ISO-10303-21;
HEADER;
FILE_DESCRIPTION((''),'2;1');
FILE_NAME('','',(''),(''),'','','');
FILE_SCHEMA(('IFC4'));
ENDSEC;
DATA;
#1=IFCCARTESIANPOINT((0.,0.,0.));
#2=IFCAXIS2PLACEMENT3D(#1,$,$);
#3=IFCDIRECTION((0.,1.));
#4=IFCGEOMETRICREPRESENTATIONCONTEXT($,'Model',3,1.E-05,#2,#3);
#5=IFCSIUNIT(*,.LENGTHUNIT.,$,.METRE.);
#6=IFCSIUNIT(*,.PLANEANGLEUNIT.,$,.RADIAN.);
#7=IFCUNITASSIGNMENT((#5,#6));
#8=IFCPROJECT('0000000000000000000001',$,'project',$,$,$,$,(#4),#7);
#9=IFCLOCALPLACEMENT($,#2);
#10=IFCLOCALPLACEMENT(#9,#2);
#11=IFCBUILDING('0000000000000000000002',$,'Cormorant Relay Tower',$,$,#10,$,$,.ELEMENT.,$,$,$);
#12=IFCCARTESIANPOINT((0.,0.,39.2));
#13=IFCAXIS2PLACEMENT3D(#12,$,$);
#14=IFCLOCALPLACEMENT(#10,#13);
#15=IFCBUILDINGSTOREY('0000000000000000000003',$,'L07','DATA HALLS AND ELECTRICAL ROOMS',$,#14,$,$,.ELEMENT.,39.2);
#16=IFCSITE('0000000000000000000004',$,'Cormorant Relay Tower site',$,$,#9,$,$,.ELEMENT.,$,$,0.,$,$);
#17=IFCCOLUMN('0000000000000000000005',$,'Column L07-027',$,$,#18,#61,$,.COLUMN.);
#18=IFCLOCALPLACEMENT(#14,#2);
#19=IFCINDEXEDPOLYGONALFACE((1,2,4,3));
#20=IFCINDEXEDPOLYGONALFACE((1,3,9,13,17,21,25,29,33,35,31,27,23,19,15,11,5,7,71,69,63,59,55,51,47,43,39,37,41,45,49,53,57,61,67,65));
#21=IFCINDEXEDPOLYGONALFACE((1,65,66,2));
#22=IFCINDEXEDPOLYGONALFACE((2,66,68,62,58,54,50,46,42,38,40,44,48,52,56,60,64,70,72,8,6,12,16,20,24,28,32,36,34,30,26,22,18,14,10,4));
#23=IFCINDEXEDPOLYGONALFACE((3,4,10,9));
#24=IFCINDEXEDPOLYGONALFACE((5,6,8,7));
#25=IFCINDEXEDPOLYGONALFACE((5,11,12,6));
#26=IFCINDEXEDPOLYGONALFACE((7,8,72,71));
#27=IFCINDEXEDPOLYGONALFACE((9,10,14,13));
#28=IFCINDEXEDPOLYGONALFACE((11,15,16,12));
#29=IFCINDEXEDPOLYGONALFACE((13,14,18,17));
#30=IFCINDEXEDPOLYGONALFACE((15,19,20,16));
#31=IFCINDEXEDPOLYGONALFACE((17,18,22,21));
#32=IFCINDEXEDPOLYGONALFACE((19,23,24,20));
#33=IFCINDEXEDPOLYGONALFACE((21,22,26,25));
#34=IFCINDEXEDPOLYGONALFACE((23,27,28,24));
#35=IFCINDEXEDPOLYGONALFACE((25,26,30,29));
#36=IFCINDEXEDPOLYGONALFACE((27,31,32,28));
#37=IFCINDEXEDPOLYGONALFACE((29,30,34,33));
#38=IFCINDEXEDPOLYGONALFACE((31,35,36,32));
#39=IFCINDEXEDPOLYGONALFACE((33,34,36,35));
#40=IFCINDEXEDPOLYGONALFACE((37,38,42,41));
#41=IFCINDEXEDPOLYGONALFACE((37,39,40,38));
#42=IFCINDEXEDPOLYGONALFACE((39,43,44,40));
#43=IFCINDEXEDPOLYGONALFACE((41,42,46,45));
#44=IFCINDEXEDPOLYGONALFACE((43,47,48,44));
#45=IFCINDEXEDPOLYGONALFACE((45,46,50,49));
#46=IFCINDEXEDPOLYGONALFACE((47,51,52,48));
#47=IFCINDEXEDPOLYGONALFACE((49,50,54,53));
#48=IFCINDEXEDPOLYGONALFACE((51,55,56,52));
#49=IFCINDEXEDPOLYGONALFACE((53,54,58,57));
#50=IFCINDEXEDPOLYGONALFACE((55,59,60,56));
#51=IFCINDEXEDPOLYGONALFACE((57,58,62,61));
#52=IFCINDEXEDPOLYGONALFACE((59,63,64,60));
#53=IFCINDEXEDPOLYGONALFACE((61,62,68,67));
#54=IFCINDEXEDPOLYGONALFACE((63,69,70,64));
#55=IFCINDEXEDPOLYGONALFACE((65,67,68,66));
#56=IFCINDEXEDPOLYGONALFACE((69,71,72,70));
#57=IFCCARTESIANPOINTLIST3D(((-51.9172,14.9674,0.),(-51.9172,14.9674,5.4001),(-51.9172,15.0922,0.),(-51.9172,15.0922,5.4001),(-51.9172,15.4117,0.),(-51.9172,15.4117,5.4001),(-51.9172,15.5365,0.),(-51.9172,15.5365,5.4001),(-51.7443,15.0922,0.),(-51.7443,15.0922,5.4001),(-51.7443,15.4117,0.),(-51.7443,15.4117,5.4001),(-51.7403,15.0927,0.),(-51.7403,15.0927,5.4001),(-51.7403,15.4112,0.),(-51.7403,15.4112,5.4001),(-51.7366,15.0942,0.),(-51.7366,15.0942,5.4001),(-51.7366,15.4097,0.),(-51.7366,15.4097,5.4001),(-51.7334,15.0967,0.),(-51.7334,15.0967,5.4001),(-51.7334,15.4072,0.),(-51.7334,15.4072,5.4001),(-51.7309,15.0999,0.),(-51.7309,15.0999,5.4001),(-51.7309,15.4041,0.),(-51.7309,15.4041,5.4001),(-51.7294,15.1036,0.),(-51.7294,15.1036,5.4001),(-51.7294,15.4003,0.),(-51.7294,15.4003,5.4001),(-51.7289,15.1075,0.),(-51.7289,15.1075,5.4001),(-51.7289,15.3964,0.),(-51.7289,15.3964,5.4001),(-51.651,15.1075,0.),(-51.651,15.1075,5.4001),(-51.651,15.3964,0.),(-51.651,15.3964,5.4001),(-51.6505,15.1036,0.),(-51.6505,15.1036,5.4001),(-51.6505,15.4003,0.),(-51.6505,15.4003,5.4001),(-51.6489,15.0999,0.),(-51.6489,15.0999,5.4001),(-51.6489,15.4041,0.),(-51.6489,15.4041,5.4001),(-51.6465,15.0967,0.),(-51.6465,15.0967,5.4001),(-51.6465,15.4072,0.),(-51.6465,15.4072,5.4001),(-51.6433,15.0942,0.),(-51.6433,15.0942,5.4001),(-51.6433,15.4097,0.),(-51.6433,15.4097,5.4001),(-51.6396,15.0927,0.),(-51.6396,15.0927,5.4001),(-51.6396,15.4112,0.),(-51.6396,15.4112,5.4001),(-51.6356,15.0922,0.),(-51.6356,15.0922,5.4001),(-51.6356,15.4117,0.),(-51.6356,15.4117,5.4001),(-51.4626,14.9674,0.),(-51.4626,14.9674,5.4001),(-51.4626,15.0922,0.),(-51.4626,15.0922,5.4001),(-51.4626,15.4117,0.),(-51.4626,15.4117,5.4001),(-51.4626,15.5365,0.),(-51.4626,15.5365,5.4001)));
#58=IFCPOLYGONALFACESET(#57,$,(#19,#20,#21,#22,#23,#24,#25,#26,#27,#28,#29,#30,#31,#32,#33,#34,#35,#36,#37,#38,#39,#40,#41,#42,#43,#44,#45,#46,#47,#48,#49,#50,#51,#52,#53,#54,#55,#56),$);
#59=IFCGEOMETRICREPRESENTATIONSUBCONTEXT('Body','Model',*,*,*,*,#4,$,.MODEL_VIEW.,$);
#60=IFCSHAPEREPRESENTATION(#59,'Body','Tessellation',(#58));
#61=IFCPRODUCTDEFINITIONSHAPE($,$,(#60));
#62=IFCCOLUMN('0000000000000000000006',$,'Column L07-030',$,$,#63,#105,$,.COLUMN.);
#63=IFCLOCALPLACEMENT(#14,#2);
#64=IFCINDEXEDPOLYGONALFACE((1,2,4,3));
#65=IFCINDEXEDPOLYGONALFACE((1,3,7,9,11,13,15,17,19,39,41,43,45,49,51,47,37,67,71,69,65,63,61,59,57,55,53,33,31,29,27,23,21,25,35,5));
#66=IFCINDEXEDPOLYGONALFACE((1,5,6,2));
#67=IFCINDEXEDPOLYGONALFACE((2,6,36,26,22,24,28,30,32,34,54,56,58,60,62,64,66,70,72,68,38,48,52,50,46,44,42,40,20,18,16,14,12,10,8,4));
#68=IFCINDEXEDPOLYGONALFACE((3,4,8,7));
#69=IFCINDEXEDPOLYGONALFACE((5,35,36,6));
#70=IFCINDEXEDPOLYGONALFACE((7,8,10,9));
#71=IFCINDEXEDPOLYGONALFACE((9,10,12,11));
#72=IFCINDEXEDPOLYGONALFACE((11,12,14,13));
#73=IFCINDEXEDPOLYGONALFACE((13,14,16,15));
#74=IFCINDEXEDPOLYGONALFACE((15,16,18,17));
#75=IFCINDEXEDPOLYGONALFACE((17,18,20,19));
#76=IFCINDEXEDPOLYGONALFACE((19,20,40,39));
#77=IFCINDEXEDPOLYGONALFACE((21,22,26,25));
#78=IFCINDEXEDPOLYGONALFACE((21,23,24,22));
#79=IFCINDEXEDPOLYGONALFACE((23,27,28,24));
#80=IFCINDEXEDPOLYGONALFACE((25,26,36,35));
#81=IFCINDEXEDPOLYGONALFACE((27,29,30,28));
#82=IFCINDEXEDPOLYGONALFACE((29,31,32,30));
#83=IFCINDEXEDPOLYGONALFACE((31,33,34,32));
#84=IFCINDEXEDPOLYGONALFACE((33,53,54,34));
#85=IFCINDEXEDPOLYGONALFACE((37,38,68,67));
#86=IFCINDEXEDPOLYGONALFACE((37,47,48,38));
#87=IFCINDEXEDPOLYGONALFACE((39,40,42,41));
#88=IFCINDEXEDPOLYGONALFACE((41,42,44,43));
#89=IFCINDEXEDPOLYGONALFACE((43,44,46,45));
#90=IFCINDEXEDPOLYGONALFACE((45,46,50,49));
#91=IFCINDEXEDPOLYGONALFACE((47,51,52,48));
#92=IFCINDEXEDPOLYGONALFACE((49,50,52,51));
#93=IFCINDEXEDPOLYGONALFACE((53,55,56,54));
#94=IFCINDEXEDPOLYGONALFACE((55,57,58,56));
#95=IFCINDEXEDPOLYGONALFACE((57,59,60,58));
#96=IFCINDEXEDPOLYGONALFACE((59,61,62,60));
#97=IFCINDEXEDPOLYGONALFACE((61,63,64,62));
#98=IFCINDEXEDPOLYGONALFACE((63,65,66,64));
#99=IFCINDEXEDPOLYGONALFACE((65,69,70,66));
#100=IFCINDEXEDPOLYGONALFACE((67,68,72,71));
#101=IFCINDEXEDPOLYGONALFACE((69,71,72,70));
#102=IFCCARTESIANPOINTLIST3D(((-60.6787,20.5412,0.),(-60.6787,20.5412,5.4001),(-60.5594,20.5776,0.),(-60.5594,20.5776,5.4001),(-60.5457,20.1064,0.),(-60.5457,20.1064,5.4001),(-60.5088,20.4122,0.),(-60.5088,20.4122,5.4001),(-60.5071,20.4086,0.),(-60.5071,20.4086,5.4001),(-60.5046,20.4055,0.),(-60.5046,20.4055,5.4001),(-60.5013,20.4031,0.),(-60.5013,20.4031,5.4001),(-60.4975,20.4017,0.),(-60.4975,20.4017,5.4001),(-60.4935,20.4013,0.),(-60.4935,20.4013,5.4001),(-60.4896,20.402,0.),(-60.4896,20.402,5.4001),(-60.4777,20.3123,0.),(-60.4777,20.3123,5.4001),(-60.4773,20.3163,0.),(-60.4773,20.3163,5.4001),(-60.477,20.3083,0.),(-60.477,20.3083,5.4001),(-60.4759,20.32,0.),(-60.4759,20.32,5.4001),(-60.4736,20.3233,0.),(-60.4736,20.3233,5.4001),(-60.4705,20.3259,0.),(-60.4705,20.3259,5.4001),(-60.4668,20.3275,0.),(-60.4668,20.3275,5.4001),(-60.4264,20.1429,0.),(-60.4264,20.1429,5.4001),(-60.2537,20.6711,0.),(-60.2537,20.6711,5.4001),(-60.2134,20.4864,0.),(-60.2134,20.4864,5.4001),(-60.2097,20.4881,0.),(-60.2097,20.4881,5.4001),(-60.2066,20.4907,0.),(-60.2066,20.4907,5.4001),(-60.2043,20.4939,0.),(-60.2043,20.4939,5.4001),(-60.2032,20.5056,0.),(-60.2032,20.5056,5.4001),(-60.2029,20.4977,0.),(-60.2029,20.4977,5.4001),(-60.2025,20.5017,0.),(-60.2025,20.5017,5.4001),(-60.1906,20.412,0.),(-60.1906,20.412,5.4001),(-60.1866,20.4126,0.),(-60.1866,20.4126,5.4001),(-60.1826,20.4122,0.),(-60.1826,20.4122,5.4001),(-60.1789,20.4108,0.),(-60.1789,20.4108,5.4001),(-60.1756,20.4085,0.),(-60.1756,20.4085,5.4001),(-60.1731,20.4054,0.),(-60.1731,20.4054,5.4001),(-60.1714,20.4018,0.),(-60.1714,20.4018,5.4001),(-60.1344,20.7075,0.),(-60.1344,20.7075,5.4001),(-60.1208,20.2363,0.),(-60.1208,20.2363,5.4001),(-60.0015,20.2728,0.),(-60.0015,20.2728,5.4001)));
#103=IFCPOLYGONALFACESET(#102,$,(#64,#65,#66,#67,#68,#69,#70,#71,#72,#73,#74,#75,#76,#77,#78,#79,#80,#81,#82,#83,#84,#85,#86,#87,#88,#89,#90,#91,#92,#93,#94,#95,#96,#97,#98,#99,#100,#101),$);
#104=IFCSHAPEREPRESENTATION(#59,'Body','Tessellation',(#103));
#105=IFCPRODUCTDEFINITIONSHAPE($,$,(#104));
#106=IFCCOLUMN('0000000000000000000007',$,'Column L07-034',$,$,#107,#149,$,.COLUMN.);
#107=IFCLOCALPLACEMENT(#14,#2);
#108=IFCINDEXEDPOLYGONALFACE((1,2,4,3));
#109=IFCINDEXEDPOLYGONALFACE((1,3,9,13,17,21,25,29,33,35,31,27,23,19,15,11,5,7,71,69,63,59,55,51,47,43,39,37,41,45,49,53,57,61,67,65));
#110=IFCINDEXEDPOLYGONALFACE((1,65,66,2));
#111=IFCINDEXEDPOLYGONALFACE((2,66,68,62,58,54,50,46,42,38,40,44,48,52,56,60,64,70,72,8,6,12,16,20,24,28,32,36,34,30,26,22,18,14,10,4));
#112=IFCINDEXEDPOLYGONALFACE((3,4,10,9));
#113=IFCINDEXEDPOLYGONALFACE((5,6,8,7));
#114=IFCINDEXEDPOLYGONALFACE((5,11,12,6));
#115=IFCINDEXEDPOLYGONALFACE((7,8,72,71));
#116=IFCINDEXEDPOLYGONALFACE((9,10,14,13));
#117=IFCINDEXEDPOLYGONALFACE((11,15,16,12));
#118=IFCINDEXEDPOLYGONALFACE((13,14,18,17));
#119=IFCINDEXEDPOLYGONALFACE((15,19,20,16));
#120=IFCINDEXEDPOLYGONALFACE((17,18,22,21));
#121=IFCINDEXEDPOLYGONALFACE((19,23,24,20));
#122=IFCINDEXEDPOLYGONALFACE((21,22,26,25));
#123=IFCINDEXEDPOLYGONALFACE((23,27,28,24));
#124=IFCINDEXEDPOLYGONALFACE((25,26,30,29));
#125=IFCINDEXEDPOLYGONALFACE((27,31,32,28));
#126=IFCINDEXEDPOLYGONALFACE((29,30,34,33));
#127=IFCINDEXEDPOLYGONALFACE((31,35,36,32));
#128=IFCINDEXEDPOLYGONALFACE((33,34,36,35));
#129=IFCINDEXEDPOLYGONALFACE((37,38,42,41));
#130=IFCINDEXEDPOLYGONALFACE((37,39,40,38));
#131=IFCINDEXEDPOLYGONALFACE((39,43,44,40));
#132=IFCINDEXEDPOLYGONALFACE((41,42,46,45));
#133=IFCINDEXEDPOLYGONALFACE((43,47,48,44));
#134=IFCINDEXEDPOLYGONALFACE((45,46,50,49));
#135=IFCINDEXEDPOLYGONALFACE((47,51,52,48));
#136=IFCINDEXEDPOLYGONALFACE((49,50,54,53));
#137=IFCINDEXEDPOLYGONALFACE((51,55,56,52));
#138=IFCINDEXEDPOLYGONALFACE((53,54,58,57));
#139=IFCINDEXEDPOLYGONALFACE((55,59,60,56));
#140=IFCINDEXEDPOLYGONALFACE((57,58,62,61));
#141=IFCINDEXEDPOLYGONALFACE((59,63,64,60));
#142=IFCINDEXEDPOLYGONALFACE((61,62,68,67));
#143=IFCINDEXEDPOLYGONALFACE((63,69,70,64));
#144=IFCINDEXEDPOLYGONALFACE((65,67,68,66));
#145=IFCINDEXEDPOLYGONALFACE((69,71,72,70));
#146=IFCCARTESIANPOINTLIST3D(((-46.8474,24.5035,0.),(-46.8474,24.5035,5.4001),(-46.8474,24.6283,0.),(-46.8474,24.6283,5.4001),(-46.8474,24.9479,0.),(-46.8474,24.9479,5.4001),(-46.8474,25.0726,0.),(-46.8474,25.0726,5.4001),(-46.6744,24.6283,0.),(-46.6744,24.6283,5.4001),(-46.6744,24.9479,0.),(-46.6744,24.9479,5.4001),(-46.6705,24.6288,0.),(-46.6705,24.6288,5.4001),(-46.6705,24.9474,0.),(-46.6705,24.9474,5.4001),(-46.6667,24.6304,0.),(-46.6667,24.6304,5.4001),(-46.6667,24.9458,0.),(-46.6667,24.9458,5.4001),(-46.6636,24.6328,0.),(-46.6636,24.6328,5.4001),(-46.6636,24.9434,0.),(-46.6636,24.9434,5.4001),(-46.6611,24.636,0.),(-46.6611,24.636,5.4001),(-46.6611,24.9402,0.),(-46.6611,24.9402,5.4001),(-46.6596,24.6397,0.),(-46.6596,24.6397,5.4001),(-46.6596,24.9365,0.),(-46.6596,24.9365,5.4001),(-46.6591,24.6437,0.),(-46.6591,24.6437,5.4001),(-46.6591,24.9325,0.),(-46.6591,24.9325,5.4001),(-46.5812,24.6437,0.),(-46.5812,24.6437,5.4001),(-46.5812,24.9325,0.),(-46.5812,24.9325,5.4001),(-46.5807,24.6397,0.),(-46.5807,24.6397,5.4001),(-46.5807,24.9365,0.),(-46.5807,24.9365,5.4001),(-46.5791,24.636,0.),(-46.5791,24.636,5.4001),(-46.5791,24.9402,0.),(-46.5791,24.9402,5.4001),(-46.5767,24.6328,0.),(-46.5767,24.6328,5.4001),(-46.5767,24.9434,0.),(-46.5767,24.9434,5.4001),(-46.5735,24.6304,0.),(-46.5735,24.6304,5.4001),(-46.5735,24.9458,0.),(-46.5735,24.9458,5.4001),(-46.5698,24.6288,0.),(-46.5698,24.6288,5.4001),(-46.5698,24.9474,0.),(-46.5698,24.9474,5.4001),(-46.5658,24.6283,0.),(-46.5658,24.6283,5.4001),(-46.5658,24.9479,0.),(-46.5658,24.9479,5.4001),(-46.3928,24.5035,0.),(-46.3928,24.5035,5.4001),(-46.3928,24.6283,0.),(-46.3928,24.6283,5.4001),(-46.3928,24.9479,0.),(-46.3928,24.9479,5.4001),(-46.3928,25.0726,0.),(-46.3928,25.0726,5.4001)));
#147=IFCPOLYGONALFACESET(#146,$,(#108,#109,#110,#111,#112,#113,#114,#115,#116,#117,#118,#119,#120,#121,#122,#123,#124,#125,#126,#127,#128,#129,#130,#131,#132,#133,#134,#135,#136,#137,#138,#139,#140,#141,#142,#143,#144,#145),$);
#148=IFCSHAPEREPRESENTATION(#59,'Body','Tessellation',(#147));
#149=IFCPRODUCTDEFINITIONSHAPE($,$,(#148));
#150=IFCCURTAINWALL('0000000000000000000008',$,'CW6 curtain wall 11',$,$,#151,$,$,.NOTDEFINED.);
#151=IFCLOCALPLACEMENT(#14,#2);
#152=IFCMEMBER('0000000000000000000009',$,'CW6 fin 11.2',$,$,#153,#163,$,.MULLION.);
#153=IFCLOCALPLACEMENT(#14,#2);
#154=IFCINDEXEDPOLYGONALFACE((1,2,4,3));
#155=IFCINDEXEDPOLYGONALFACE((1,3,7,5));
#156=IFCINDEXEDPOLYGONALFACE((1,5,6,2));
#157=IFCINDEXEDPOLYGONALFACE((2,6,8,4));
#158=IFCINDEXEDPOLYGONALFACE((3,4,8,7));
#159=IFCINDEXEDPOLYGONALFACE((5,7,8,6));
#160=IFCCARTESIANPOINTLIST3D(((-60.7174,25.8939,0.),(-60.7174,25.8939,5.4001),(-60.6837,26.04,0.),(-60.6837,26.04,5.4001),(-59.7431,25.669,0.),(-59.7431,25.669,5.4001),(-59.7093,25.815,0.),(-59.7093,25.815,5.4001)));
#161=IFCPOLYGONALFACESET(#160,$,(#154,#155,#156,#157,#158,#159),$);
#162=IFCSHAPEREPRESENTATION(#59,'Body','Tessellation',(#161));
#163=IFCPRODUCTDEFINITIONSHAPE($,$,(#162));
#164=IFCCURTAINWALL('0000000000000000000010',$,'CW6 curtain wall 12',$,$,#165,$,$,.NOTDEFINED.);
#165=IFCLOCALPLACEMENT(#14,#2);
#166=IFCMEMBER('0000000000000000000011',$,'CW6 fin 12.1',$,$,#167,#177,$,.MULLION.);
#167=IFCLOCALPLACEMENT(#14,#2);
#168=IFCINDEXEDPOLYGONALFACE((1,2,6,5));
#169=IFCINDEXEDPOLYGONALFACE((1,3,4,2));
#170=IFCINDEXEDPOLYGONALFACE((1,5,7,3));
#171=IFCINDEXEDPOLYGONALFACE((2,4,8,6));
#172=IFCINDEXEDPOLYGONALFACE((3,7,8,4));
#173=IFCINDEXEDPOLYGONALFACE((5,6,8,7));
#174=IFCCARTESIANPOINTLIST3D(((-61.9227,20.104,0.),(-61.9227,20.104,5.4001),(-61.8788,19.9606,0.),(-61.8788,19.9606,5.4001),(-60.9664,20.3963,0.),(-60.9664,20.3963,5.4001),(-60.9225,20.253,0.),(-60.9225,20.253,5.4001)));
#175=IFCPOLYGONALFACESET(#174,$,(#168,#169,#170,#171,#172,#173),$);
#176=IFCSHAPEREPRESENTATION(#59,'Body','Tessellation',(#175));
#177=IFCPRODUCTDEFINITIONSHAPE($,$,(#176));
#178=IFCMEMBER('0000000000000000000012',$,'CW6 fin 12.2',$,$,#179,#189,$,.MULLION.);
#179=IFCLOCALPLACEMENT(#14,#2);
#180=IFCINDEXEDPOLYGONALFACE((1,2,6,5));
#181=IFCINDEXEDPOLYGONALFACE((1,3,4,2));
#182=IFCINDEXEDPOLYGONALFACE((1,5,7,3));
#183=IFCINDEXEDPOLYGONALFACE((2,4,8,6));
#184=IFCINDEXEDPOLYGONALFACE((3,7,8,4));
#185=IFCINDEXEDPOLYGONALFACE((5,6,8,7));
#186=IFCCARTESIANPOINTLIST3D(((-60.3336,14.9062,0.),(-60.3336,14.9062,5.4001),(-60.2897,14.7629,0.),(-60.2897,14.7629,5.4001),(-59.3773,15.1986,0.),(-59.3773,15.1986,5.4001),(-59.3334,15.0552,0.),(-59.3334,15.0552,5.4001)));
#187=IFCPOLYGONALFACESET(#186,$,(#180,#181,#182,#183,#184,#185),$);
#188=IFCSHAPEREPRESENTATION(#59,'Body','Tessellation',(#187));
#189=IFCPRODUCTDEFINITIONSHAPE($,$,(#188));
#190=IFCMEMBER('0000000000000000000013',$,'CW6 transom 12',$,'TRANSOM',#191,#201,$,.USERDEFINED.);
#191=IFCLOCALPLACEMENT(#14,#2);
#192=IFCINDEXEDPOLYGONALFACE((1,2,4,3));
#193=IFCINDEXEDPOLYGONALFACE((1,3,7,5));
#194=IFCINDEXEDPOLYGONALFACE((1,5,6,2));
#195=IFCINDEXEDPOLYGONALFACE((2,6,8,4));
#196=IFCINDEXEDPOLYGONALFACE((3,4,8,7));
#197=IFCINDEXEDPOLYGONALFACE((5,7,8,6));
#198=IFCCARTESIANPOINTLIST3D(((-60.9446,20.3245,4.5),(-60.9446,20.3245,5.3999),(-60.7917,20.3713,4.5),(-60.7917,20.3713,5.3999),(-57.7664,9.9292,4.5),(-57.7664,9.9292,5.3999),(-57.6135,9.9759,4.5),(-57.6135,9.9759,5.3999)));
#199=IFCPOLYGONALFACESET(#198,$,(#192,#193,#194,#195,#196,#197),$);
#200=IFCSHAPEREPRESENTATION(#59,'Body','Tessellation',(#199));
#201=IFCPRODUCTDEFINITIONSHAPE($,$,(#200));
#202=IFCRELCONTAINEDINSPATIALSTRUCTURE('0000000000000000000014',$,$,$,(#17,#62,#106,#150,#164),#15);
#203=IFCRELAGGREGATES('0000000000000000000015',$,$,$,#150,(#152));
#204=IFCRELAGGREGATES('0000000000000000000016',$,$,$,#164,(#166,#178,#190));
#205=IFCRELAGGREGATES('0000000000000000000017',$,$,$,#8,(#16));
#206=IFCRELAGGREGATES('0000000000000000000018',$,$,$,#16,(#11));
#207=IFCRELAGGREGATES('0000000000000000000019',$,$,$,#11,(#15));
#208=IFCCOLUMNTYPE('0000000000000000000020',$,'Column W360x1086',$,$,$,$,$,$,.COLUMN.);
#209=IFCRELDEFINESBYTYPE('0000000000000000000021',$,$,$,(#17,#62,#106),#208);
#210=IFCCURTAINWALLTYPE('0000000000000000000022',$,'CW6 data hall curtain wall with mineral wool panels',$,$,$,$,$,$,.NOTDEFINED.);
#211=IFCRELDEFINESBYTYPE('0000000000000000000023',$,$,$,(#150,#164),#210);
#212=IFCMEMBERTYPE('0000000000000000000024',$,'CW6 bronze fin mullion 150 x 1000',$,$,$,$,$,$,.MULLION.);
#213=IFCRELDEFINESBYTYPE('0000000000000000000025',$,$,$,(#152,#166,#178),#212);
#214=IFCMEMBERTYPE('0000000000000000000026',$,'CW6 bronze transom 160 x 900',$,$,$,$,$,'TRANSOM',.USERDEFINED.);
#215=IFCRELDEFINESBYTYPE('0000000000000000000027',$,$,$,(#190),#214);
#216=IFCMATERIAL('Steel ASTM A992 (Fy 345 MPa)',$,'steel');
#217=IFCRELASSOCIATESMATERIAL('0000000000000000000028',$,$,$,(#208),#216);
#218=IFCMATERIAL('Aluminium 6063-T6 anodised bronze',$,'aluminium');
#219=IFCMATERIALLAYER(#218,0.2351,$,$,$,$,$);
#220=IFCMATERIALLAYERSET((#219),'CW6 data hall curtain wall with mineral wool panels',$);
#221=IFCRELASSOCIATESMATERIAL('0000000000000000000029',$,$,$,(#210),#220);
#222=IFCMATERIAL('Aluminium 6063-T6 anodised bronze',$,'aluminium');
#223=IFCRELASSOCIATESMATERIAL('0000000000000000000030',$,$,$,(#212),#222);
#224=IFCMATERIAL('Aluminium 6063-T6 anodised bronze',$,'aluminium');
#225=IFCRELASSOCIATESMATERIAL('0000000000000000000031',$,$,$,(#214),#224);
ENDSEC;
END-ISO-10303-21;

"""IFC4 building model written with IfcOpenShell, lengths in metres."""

from ifc_helpers import new_model, si_unit, direction, frame, origin, origin_2d, place, context, subcontext, project, spatial, rectangle, i_section, extrude, material, layer, layer_set, material_profile, profile_set, type_object, element, aggregate, save


model = new_model("IFC4")

# Units and contexts
model_context = context("Model", 3, precision=1e-05, world=origin(), true_north=direction((0.0, 1.0)))
body_context = subcontext(model_context, "Body", "Model", "MODEL_VIEW")
ifc_project = project(units=[si_unit("LENGTHUNIT", "METRE"), si_unit("PLANEANGLEUNIT", "RADIAN")], contexts=[model_context])

# Site, building, storey
site_placement = place(None, origin())
site = spatial("IfcSite", under=ifc_project, at=site_placement, Name="Cormorant Relay Tower site", CompositionType="ELEMENT", RefElevation=0.0)
building_placement = place(site_placement, origin())
building = spatial("IfcBuilding", under=site, at=building_placement, Name="Cormorant Relay Tower", CompositionType="ELEMENT")
storey_placement = place(building_placement, frame((0.0, 0.0, 39.2)))
storey = spatial("IfcBuildingStorey", under=building, at=storey_placement, Name="L07", Description="DATA HALLS AND ELECTRICAL ROOMS", CompositionType="ELEMENT", Elevation=39.2)

# Columns
ifc_material_1 = material(Name="Steel ASTM A992 (Fy 345 MPa)", Category="steel")
ifc_material_profile_1 = material_profile(ifc_material_1, i_section(OverallWidth=0.4546, OverallDepth=0.5691, WebThickness=0.0779, FlangeThickness=0.1248, FilletRadius=0.0154, at=origin_2d()), Name="W360x1086")
ifc_profile_set_1 = profile_set([ifc_material_profile_1], Name="Steel ASTM A992 (Fy 345 MPa)")
column_type = type_object("IfcColumnType", Name="Column W360x1086", PredefinedType="COLUMN", material=ifc_profile_set_1)
for number, where, z_axis, x_axis, name in (
    (1, (-51.6899, 15.252, 0.0), (0.0, 0.0, 1.0), (1.0, 0.0, 0.0), "Column L07-027"),
    (2, (-60.3401, 20.407, 0.0), (0.0, 0.0, 1.0), (0.292372, -0.956305, 0.0), "Column L07-030"),
    (3, (-46.6201, 24.7881, 0.0), (0.0, 0.0, 1.0), (1.0, 0.0, 0.0), "Column L07-034"),
):
    element("IfcColumn", number, at=place(storey_placement, frame(where, z_axis=z_axis, x_axis=x_axis)), inside=storey, type_object=column_type, Name=name, PredefinedType="COLUMN", context=body_context, shape_type="SweptSolid", body=[
        extrude(i_section(OverallWidth=0.4546, OverallDepth=0.5691, WebThickness=0.0779, FlangeThickness=0.1248, FilletRadius=0.0154, at=origin_2d()), origin(), (0.0, 0.0, 1.0), 5.4001),
    ])

# Curtain wall, member
ifc_material_2 = material(Name="Aluminium 6063-T6 anodised bronze", Category="aluminium")
ifc_layer_1 = layer(ifc_material_2, 0.2351)
ifc_layer_set_1 = layer_set([ifc_layer_1], Name="CW6 data hall curtain wall with mineral wool panels")
curtain_wall_type = type_object("IfcCurtainWallType", Name="CW6 data hall curtain wall with mineral wool panels", PredefinedType="NOTDEFINED", material=ifc_layer_set_1)
curtain_wall_1_placement = place(storey_placement, origin())
curtain_wall_1 = element("IfcCurtainWall", 4, at=curtain_wall_1_placement, inside=storey, type_object=curtain_wall_type, Name="CW6 curtain wall 11", PredefinedType="NOTDEFINED")
ifc_material_3 = material(Name="Aluminium 6063-T6 anodised bronze", Category="aluminium")
ifc_material_profile_2 = material_profile(ifc_material_3, rectangle(XDim=0.1499, YDim=1.0, at=origin_2d()), Name="AL 150x1000")
ifc_profile_set_2 = profile_set([ifc_material_profile_2], Name="Aluminium 6063-T6 anodised bronze")
member_type_1 = type_object("IfcMemberType", Name="CW6 bronze fin mullion 150 x 1000", PredefinedType="MULLION", material=ifc_profile_set_2)
member_1_placement = place(storey_placement, frame((-60.2134, 25.8545, 0.0), z_axis=(0.0, 0.0, 1.0), x_axis=(-0.224951, -0.97437, 0.0)))
member_1 = element("IfcMember", 5, at=member_1_placement, type_object=member_type_1, Name="CW6 fin 11.2", PredefinedType="MULLION", context=body_context, shape_type="SweptSolid", body=[
    extrude(rectangle(XDim=0.1499, YDim=1.0, at=origin_2d()), origin(), (0.0, 0.0, 1.0), 5.4001),
])

# Curtain wall, members
curtain_wall_2_placement = place(storey_placement, origin())
curtain_wall_2 = element("IfcCurtainWall", 6, at=curtain_wall_2_placement, inside=storey, type_object=curtain_wall_type, Name="CW6 curtain wall 12", PredefinedType="NOTDEFINED")
member_2_placement = place(storey_placement, frame((-61.4226, 20.1785, 0.0), z_axis=(0.0, 0.0, 1.0), x_axis=(0.292372, -0.956305, 0.0)))
member_2 = element("IfcMember", 7, at=member_2_placement, type_object=member_type_1, Name="CW6 fin 12.1", PredefinedType="MULLION", context=body_context, shape_type="SweptSolid", body=[
    extrude(rectangle(XDim=0.1499, YDim=1.0, at=origin_2d()), origin(), (0.0, 0.0, 1.0), 5.4001),
])
member_3_placement = place(storey_placement, frame((-59.8335, 14.9807, 0.0), z_axis=(0.0, 0.0, 1.0), x_axis=(0.292372, -0.956305, 0.0)))
member_3 = element("IfcMember", 8, at=member_3_placement, type_object=member_type_1, Name="CW6 fin 12.2", PredefinedType="MULLION", context=body_context, shape_type="SweptSolid", body=[
    extrude(rectangle(XDim=0.1499, YDim=1.0, at=origin_2d()), origin(), (0.0, 0.0, 1.0), 5.4001),
])
ifc_material_4 = material(Name="Aluminium 6063-T6 anodised bronze", Category="aluminium")
ifc_material_profile_3 = material_profile(ifc_material_4, rectangle(XDim=0.1599, YDim=0.8999, at=origin_2d()), Name="AL 160x900")
ifc_profile_set_3 = profile_set([ifc_material_profile_3], Name="Aluminium 6063-T6 anodised bronze")
member_type_2 = type_object("IfcMemberType", Name="CW6 bronze transom 160 x 900", ElementType="TRANSOM", PredefinedType="USERDEFINED", material=ifc_profile_set_3)
member_4_placement = place(storey_placement, frame((-60.8682, 20.3479, 4.95), z_axis=(0.292378, -0.956303, 0.0), x_axis=(0.956303, 0.292378, 0.0)))
member_4 = element("IfcMember", 9, at=member_4_placement, type_object=member_type_2, Name="CW6 transom 12", ObjectType="TRANSOM", PredefinedType="USERDEFINED", context=body_context, shape_type="SweptSolid", body=[
    extrude(rectangle(XDim=0.1599, YDim=0.8999, at=origin_2d()), origin(), (0.0, 0.0, 1.0), 10.8704),
])

aggregate(curtain_wall_1, [member_1])
aggregate(curtain_wall_2, [member_2, member_3, member_4])

save(model, "model.ifc")
